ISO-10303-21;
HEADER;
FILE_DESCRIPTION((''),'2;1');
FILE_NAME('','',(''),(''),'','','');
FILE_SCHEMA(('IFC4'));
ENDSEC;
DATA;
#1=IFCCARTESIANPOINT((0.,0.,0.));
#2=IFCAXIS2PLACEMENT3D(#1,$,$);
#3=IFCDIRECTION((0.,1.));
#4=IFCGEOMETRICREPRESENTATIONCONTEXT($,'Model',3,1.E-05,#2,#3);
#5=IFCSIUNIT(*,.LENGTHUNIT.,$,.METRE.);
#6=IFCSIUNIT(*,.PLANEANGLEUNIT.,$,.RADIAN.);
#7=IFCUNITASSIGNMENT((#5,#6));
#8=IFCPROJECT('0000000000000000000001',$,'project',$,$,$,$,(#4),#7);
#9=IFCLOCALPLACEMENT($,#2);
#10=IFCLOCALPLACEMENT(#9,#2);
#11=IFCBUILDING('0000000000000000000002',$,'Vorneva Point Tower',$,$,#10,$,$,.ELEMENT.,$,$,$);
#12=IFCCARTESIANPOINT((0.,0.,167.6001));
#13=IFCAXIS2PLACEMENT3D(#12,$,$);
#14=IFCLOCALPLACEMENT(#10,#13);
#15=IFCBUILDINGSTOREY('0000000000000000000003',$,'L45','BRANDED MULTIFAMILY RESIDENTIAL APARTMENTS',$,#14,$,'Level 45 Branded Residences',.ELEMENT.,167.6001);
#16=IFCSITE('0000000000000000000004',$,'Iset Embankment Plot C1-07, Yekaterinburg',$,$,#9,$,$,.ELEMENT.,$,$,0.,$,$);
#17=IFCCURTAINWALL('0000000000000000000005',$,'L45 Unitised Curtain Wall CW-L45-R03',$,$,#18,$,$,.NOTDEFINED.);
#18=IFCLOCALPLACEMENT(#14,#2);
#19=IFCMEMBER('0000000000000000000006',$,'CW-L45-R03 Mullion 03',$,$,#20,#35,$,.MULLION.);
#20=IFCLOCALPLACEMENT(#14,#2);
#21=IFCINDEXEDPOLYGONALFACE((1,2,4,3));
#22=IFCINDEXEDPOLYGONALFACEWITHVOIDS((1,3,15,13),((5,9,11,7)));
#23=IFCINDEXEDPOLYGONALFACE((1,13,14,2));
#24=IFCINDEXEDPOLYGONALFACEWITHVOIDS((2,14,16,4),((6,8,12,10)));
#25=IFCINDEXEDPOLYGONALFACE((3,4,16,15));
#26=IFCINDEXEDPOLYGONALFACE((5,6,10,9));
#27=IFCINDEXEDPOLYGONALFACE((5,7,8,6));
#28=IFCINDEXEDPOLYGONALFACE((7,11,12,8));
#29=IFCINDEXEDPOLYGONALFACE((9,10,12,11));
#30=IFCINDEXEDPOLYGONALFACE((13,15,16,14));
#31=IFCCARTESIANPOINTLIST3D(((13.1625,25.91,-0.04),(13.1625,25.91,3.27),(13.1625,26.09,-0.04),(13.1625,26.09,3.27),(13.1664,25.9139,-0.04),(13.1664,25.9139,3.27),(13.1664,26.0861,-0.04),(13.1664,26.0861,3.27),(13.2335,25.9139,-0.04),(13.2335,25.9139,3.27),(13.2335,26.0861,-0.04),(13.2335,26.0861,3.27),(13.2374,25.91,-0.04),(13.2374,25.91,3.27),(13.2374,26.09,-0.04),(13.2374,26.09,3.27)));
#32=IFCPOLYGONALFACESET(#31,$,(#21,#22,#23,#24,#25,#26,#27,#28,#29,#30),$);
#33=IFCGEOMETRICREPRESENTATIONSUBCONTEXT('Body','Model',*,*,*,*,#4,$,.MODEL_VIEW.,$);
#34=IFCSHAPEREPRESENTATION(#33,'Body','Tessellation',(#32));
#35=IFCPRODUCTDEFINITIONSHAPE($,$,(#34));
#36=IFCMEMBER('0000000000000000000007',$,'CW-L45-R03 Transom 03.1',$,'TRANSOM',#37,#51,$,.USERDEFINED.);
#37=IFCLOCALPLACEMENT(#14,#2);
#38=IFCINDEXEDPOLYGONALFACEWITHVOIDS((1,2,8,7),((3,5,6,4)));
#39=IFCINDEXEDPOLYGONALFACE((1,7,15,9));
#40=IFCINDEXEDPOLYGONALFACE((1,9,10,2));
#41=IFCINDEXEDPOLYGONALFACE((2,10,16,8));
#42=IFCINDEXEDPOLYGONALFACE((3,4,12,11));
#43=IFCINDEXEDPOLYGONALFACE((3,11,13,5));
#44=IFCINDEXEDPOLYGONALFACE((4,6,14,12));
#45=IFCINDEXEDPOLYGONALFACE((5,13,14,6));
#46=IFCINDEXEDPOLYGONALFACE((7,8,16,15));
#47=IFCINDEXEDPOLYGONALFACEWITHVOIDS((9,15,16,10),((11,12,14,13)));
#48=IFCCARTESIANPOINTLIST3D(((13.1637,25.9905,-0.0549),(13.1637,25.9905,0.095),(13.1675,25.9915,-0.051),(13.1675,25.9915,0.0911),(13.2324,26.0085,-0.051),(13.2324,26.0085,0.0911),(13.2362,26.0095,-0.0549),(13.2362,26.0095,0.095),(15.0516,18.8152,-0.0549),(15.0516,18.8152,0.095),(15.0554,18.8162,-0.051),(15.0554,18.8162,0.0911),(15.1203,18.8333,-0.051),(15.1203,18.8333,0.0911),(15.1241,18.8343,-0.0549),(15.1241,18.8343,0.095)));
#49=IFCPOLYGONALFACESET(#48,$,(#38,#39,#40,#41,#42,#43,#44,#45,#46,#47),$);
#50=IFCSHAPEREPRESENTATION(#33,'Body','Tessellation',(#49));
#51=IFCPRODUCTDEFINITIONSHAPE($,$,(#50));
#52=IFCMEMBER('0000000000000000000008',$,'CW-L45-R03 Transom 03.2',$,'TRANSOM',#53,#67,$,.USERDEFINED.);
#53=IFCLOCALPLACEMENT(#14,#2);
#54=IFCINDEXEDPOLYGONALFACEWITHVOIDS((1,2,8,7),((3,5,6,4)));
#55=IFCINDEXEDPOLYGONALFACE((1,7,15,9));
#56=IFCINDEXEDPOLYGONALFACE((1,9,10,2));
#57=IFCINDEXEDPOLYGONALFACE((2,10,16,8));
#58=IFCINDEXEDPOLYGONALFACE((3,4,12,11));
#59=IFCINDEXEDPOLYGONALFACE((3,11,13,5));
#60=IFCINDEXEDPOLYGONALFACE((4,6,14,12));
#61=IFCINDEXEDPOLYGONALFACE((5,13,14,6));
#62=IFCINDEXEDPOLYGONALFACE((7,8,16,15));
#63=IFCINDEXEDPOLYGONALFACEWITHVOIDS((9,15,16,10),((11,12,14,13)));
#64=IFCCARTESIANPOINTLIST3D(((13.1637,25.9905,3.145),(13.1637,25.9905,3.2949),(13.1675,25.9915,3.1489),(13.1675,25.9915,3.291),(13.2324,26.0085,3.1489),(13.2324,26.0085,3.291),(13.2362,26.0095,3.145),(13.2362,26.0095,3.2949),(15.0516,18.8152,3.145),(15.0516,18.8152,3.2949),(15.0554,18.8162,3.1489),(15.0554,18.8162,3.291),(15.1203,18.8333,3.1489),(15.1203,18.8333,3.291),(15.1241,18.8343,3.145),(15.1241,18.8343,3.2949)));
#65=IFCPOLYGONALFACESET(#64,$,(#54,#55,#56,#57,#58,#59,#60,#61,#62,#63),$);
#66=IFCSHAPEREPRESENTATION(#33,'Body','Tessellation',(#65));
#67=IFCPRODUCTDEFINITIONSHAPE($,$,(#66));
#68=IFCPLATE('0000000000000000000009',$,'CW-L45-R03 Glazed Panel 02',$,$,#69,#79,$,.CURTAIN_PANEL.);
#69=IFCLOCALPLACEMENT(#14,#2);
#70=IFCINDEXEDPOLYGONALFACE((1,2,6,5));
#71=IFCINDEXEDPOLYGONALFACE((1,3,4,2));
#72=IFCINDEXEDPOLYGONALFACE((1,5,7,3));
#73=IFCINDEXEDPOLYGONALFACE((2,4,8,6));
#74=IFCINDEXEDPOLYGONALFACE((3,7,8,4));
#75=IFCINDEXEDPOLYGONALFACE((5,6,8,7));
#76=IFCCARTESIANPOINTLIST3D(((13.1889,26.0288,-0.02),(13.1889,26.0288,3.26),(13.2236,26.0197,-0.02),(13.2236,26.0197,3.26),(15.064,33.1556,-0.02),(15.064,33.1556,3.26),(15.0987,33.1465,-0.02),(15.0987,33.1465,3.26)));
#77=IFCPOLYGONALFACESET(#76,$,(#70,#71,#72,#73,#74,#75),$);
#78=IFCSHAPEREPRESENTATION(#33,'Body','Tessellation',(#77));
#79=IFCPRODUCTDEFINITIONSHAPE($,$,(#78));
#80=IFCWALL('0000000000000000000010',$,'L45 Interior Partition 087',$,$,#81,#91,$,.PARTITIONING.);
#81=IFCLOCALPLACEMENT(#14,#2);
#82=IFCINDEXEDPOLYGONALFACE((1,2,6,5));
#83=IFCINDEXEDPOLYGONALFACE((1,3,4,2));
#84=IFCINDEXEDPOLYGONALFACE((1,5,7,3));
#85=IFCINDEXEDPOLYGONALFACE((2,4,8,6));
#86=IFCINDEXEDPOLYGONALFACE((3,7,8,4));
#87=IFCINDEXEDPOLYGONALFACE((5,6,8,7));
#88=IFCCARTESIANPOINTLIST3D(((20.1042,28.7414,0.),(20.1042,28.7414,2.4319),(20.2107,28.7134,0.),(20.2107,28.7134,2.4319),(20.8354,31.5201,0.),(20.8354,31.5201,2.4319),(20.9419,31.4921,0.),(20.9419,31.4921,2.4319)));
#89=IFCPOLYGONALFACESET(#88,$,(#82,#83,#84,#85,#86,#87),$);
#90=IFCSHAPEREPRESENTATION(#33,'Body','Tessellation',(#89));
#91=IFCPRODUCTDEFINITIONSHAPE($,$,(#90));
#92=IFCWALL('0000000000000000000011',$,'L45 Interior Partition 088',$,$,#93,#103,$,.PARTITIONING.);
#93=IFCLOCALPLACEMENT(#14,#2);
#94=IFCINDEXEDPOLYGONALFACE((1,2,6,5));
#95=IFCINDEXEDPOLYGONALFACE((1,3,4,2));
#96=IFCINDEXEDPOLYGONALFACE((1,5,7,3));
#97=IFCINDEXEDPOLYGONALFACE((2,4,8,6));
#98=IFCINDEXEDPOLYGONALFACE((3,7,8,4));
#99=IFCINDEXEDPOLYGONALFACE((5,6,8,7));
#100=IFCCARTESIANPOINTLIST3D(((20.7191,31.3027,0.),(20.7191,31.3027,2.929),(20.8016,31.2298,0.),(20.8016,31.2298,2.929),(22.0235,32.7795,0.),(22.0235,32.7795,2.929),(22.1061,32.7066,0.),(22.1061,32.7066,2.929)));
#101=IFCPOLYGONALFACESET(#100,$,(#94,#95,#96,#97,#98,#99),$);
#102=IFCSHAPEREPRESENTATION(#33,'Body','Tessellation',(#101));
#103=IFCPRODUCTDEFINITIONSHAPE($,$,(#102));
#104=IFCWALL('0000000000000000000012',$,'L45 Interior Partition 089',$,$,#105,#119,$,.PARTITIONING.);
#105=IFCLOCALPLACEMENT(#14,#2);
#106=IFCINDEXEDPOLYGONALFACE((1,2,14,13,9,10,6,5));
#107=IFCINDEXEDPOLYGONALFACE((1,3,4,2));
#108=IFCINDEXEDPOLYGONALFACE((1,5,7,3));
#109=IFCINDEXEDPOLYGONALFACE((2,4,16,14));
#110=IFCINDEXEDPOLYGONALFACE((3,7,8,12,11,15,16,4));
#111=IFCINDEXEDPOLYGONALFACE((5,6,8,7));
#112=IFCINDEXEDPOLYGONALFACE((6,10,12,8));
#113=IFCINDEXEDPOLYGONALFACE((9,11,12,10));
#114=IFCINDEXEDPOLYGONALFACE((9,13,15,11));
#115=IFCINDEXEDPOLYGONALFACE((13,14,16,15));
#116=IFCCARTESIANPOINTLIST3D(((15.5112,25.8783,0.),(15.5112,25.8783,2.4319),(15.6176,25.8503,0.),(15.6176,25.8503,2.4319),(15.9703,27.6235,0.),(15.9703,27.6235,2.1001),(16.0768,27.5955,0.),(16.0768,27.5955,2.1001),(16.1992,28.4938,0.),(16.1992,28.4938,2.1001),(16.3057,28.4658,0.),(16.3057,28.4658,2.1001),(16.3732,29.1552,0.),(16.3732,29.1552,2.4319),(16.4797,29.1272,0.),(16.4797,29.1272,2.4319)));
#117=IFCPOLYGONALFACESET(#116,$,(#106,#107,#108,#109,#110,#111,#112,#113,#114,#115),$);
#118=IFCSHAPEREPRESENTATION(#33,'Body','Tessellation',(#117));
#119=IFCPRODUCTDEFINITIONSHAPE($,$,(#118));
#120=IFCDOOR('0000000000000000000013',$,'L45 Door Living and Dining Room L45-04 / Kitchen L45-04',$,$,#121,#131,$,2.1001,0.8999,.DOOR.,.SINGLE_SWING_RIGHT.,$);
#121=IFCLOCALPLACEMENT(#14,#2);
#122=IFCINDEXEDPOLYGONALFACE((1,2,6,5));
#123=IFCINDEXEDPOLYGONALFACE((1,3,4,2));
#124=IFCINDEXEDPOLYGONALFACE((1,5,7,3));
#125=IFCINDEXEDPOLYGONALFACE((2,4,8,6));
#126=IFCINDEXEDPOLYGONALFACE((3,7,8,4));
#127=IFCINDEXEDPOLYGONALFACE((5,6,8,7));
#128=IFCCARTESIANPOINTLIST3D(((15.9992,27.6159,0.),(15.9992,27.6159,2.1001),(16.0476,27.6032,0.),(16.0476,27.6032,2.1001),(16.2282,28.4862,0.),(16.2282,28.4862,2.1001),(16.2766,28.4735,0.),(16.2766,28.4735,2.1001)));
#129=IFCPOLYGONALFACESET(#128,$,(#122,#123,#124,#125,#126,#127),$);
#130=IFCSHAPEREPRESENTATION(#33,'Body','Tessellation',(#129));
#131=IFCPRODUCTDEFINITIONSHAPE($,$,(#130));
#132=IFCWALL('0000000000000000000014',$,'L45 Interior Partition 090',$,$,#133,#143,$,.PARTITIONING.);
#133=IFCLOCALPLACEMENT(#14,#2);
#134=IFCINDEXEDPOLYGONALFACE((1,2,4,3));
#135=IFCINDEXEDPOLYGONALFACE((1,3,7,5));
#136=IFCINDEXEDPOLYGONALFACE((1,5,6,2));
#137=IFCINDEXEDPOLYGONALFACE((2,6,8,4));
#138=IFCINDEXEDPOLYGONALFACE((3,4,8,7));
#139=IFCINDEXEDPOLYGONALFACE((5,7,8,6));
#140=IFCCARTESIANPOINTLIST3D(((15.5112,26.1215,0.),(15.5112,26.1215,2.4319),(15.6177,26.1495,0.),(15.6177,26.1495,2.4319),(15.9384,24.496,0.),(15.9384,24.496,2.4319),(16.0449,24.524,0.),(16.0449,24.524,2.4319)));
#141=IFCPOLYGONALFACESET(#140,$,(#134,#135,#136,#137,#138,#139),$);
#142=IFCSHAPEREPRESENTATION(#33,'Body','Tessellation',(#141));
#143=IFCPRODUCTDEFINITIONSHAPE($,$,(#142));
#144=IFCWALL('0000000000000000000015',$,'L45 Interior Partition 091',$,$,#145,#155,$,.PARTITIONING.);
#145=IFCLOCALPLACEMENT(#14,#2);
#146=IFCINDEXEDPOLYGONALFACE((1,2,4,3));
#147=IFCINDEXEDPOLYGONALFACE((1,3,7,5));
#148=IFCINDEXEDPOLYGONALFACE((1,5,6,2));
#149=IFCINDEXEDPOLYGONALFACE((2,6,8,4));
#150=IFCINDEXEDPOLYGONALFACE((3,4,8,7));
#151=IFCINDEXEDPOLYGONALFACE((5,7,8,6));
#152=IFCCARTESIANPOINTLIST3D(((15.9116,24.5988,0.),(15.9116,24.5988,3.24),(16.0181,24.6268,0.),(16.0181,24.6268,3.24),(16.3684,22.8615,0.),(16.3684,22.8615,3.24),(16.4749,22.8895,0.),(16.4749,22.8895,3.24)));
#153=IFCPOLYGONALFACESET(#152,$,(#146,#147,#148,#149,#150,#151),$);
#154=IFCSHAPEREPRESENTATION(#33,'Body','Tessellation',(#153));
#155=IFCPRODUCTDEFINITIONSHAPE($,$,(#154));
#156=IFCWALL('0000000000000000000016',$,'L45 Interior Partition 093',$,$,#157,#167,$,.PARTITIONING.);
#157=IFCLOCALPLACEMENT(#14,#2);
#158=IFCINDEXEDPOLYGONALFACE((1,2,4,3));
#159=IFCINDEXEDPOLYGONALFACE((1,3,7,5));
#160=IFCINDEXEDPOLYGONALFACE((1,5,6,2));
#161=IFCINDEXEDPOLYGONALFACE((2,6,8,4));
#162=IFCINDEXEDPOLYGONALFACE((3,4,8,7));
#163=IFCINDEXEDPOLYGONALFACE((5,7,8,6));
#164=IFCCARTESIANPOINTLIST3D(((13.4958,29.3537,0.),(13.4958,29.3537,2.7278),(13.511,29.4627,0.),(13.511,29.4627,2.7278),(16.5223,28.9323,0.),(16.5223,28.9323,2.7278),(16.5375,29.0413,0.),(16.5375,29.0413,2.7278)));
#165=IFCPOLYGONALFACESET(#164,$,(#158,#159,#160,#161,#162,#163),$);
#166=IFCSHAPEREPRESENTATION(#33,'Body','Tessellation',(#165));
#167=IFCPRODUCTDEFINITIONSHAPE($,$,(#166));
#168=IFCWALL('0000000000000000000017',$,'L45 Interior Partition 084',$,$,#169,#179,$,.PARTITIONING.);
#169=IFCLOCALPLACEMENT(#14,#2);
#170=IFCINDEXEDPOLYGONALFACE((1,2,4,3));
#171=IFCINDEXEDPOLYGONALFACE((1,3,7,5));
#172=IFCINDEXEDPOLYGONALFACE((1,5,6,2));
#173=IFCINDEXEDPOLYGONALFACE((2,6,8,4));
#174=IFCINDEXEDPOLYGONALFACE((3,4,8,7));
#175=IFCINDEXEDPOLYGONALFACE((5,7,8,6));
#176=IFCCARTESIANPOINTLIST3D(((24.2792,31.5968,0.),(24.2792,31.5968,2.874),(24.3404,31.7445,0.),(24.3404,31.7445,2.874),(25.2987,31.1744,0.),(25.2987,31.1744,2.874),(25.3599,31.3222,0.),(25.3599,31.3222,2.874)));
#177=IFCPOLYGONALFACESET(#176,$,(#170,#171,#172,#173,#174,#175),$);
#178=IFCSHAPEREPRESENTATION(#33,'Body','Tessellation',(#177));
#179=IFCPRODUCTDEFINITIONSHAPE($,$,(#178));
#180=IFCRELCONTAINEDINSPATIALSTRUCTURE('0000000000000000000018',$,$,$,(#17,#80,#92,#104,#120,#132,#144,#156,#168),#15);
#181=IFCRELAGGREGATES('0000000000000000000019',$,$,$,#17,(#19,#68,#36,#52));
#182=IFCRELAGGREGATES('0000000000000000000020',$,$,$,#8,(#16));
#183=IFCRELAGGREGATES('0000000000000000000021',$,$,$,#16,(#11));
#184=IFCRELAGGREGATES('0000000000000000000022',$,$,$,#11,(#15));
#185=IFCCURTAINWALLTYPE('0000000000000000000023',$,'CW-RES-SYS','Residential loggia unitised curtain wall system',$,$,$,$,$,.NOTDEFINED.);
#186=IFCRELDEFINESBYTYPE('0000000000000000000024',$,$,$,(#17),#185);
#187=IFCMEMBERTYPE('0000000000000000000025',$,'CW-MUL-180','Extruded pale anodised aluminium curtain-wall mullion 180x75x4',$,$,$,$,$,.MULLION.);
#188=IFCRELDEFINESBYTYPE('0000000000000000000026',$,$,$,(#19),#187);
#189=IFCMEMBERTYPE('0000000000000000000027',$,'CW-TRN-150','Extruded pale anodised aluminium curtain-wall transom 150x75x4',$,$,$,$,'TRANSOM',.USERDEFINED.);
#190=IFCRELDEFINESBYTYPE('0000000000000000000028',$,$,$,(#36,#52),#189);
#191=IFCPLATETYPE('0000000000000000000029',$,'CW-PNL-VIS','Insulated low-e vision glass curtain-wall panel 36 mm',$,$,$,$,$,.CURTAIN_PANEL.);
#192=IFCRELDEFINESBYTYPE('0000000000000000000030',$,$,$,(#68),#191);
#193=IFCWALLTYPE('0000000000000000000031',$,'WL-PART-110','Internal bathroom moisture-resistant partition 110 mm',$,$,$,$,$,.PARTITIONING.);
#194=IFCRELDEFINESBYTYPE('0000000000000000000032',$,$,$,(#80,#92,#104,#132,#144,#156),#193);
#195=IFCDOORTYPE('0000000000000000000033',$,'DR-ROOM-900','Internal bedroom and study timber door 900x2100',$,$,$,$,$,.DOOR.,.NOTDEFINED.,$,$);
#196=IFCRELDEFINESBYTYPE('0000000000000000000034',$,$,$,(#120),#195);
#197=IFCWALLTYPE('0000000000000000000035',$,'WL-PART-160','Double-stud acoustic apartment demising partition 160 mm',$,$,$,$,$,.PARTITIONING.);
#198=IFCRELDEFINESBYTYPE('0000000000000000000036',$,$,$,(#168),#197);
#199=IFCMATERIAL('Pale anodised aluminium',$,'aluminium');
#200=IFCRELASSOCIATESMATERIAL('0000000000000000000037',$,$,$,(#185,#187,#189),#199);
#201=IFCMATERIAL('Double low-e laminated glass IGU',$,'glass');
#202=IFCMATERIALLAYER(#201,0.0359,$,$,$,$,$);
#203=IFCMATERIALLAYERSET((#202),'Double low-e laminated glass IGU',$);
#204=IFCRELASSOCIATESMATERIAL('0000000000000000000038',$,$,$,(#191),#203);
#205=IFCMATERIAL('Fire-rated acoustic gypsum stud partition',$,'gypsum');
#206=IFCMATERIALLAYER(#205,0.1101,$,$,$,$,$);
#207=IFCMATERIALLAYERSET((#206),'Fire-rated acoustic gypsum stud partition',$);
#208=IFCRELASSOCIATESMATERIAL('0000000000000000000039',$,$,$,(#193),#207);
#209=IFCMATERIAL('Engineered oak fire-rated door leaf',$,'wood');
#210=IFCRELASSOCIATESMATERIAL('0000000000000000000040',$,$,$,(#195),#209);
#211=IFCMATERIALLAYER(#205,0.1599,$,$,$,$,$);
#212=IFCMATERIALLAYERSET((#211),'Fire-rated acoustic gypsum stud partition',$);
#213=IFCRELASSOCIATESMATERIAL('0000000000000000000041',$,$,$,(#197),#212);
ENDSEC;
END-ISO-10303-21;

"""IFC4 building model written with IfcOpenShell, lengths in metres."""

from ifc_helpers import new_model, si_unit, direction, frame, frame_2d, origin, origin_2d, place, context, subcontext, project, spatial, rectangle, hollow_rectangle, extrude, material, layer, layer_set, material_profile, profile_set, type_object, element, fill, aggregate, save


model = new_model("IFC4")

# Units and contexts
model_context = context("Model", 3, precision=1e-05, world=origin(), true_north=direction((0.0, 1.0)))
body_context = subcontext(model_context, "Body", "Model", "MODEL_VIEW")
ifc_project = project(units=[si_unit("LENGTHUNIT", "METRE"), si_unit("PLANEANGLEUNIT", "RADIAN")], contexts=[model_context])

# Site, building, storey
site_placement = place(None, origin())
site = spatial("IfcSite", under=ifc_project, at=site_placement, Name="Iset Embankment Plot C1-07, Yekaterinburg", CompositionType="ELEMENT", RefElevation=0.0)
building_placement = place(site_placement, origin())
building = spatial("IfcBuilding", under=site, at=building_placement, Name="Vorneva Point Tower", CompositionType="ELEMENT")
storey_placement = place(building_placement, frame((0.0, 0.0, 167.6001)))
storey = spatial("IfcBuildingStorey", under=building, at=storey_placement, Name="L45", Description="BRANDED MULTIFAMILY RESIDENTIAL APARTMENTS", LongName="Level 45 Branded Residences", CompositionType="ELEMENT", Elevation=167.6001)

# Curtain wall, members, plate
ifc_material_1 = material(Name="Pale anodised aluminium", Category="aluminium")
curtain_wall_type = type_object("IfcCurtainWallType", Name="CW-RES-SYS", Description="Residential loggia unitised curtain wall system", PredefinedType="NOTDEFINED", material=ifc_material_1)
curtain_wall_placement = place(storey_placement, origin())
curtain_wall = element("IfcCurtainWall", 1, at=curtain_wall_placement, inside=storey, type_object=curtain_wall_type, Name="L45 Unitised Curtain Wall CW-L45-R03", PredefinedType="NOTDEFINED")
ifc_material_profile_1 = material_profile(ifc_material_1, hollow_rectangle(XDim=0.075, YDim=0.1799, WallThickness=0.0039, at=origin_2d()), Name="AL-MUL 180x75x4")
ifc_profile_set_1 = profile_set([ifc_material_profile_1], Name="Pale anodised aluminium")
member_type_1 = type_object("IfcMemberType", Name="CW-MUL-180", Description="Extruded pale anodised aluminium curtain-wall mullion 180x75x4", PredefinedType="MULLION", material=ifc_profile_set_1)
member_1_placement = place(storey_placement, frame((13.2, 26.0, -0.04), z_axis=(0.0, 0.0, 1.0), x_axis=(1.0, 0.0, 0.0)))
member_1 = element("IfcMember", 2, at=member_1_placement, type_object=member_type_1, Name="CW-L45-R03 Mullion 03", PredefinedType="MULLION", context=body_context, shape_type="SweptSolid", body=[
    extrude(hollow_rectangle(XDim=0.075, YDim=0.1799, WallThickness=0.0039, at=origin_2d()), origin(), (0.0, 0.0, 1.0), 3.3101),
])
ifc_material_profile_2 = material_profile(ifc_material_1, hollow_rectangle(XDim=0.075, YDim=0.1499, WallThickness=0.0039, at=origin_2d()), Name="AL-TRN 150x75x4")
ifc_profile_set_2 = profile_set([ifc_material_profile_2], Name="Pale anodised aluminium")
member_type_2 = type_object("IfcMemberType", Name="CW-TRN-150", Description="Extruded pale anodised aluminium curtain-wall transom 150x75x4", ElementType="TRANSOM", PredefinedType="USERDEFINED", material=ifc_profile_set_2)
member_2_placement = place(storey_placement, frame((13.2, 26.0, 0.02), z_axis=(0.254456, -0.967084, 0.0), x_axis=(0.967084, 0.254456, 0.0)))
member_2 = element("IfcMember", 3, at=member_2_placement, type_object=member_type_2, Name="CW-L45-R03 Transom 03.1", ObjectType="TRANSOM", PredefinedType="USERDEFINED", context=body_context, shape_type="SweptSolid", body=[
    extrude(hollow_rectangle(XDim=0.075, YDim=0.1499, WallThickness=0.0039, at=origin_2d()), origin(), (0.0, 0.0, 1.0), 7.4194),
])
member_3_placement = place(storey_placement, frame((13.2, 26.0, 3.22), z_axis=(0.254456, -0.967084, 0.0), x_axis=(0.967084, 0.254456, 0.0)))
member_3 = element("IfcMember", 4, at=member_3_placement, type_object=member_type_2, Name="CW-L45-R03 Transom 03.2", ObjectType="TRANSOM", PredefinedType="USERDEFINED", context=body_context, shape_type="SweptSolid", body=[
    extrude(hollow_rectangle(XDim=0.075, YDim=0.1499, WallThickness=0.0039, at=origin_2d()), origin(), (0.0, 0.0, 1.0), 7.4194),
])
ifc_material_2 = material(Name="Double low-e laminated glass IGU", Category="glass")
ifc_layer_1 = layer(ifc_material_2, 0.0359)
ifc_layer_set_1 = layer_set([ifc_layer_1], Name="Double low-e laminated glass IGU")
plate_type = type_object("IfcPlateType", Name="CW-PNL-VIS", Description="Insulated low-e vision glass curtain-wall panel 36 mm", PredefinedType="CURTAIN_PANEL", material=ifc_layer_set_1)
plate_placement = place(storey_placement, frame((14.1438, 29.5876, -0.02), z_axis=(0.0, 0.0, 1.0), x_axis=(-0.254433, -0.96709, 0.0)))
plate = element("IfcPlate", 5, at=plate_placement, type_object=plate_type, Name="CW-L45-R03 Glazed Panel 02", PredefinedType="CURTAIN_PANEL", context=body_context, shape_type="SweptSolid", body=[
    extrude(rectangle(XDim=7.3694, YDim=0.0359, at=origin_2d()), origin(), (0.0, 0.0, 1.0), 3.28),
])
aggregate(curtain_wall, [member_1, plate, member_2, member_3])

# Walls
ifc_material_3 = material(Name="Fire-rated acoustic gypsum stud partition", Category="gypsum")
ifc_layer_2 = layer(ifc_material_3, 0.1101)
ifc_layer_set_2 = layer_set([ifc_layer_2], Name="Fire-rated acoustic gypsum stud partition")
wall_type_1 = type_object("IfcWallType", Name="WL-PART-110", Description="Internal bathroom moisture-resistant partition 110 mm", PredefinedType="PARTITIONING", material=ifc_layer_set_2)
wall_1_placement = place(storey_placement, frame((20.1575, 28.7275, 0.0), z_axis=(0.0, 0.0, 1.0), x_axis=(0.254472, 0.96708, 0.0)))
element("IfcWall", 6, at=wall_1_placement, inside=storey, type_object=wall_type_1, Name="L45 Interior Partition 087", PredefinedType="PARTITIONING", context=body_context, shape_type="SweptSolid", body=[
    extrude(rectangle(XDim=2.8733, YDim=0.1101, at=frame_2d((1.4365, 0.0))), origin(), (0.0, 0.0, 1.0), 2.4319),
])
wall_2_placement = place(storey_placement, frame((20.7603, 31.2661, 0.0), z_axis=(0.0, 0.0, 1.0), x_axis=(0.662015, 0.749491, 0.0)))
element("IfcWall", 7, at=wall_2_placement, inside=storey, type_object=wall_type_1, Name="L45 Interior Partition 088", PredefinedType="PARTITIONING", context=body_context, shape_type="SweptSolid", body=[
    extrude(rectangle(XDim=1.9705, YDim=0.1101, at=frame_2d((0.9854, 0.0))), origin(), (0.0, 0.0, 1.0), 2.929),
])

# Wall, opening, door
wall_3_placement = place(storey_placement, frame((16.4265, 29.1414, 0.0), z_axis=(0.0, 0.0, 1.0), x_axis=(-0.254419, -0.967094, 0.0)))
wall_3 = element("IfcWall", 8, at=wall_3_placement, inside=storey, type_object=wall_type_1, Name="L45 Interior Partition 089", PredefinedType="PARTITIONING", context=body_context, shape_type="SweptSolid", body=[
    extrude(rectangle(XDim=3.3884, YDim=0.1101, at=frame_2d((1.6943, 0.0))), origin(), (0.0, 0.0, 1.0), 2.4319),
])
opening_placement = place(wall_3_placement, frame((0.6841, 0.0, 0.0)))
opening = element("IfcOpeningElement", 9, at=opening_placement, cuts=wall_3, PredefinedType="OPENING", context=body_context, shape_type="SweptSolid", body=[
    extrude(rectangle(XDim=0.8999, YDim=2.1001, at=frame_2d((0.45, 1.05))), frame((0.0, 0.0698, 0.0), z_axis=(0.0, -1.0, 0.0), x_axis=(1.0, 0.0, 0.0)), (0.0, 0.0, 1.0), 0.1399),
])
ifc_material_4 = material(Name="Engineered oak fire-rated door leaf", Category="wood")
door_type = type_object("IfcDoorType", Name="DR-ROOM-900", Description="Internal bedroom and study timber door 900x2100", OperationType="NOTDEFINED", PredefinedType="DOOR", material=ifc_material_4)
door_placement = place(opening_placement, origin())
door = element("IfcDoor", 10, at=door_placement, inside=storey, type_object=door_type, Name="L45 Door Living and Dining Room L45-04 / Kitchen L45-04", OperationType="SINGLE_SWING_RIGHT", OverallHeight=2.1001, OverallWidth=0.8999, PredefinedType="DOOR", context=body_context, shape_type="SweptSolid", body=[
    extrude(rectangle(XDim=0.8999, YDim=2.1001, at=frame_2d((0.45, 1.05))), frame((0.0, 0.0249, 0.0), z_axis=(0.0, -1.0, 0.0), x_axis=(1.0, 0.0, 0.0)), (0.0, 0.0, 1.0), 0.05),
])
fill(opening, door)

# Walls
wall_4_placement = place(storey_placement, frame((15.5645, 26.1355, 0.0), z_axis=(0.0, 0.0, 1.0), x_axis=(0.254207, -0.96715, 0.0)))
element("IfcWall", 11, at=wall_4_placement, inside=storey, type_object=wall_type_1, Name="L45 Interior Partition 090", PredefinedType="PARTITIONING", context=body_context, shape_type="SweptSolid", body=[
    extrude(rectangle(XDim=1.6807, YDim=0.1101, at=frame_2d((0.8403, 0.0))), origin(), (0.0, 0.0, 1.0), 2.4319),
])
wall_5_placement = place(storey_placement, frame((15.9648, 24.6128, 0.0), z_axis=(0.0, 0.0, 1.0), x_axis=(0.254286, -0.967129, 0.0)))
element("IfcWall", 12, at=wall_5_placement, inside=storey, type_object=wall_type_1, Name="L45 Interior Partition 091", PredefinedType="PARTITIONING", context=body_context, shape_type="SweptSolid", body=[
    extrude(rectangle(XDim=1.7964, YDim=0.1101, at=frame_2d((0.8982, 0.0))), origin(), (0.0, 0.0, 1.0), 3.24),
])
wall_6_placement = place(storey_placement, frame((13.5034, 29.4082, 0.0), z_axis=(0.0, 0.0, 1.0), x_axis=(0.990445, -0.137908, 0.0)))
element("IfcWall", 13, at=wall_6_placement, inside=storey, type_object=wall_type_1, Name="L45 Interior Partition 093", PredefinedType="PARTITIONING", context=body_context, shape_type="SweptSolid", body=[
    extrude(rectangle(XDim=3.0557, YDim=0.1101, at=frame_2d((1.5278, 0.0))), origin(), (0.0, 0.0, 1.0), 2.7278),
])
ifc_layer_3 = layer(ifc_material_3, 0.1599)
ifc_layer_set_3 = layer_set([ifc_layer_3], Name="Fire-rated acoustic gypsum stud partition")
wall_type_2 = type_object("IfcWallType", Name="WL-PART-160", Description="Double-stud acoustic apartment demising partition 160 mm", PredefinedType="PARTITIONING", material=ifc_layer_set_3)
wall_7_placement = place(storey_placement, frame((24.3098, 31.6707, 0.0), z_axis=(0.0, 0.0, 1.0), x_axis=(0.92386, -0.38273, 0.0)))
element("IfcWall", 14, at=wall_7_placement, inside=storey, type_object=wall_type_2, Name="L45 Interior Partition 084", PredefinedType="PARTITIONING", context=body_context, shape_type="SweptSolid", body=[
    extrude(rectangle(XDim=1.1035, YDim=0.1599, at=frame_2d((0.5518, 0.0))), origin(), (0.0, 0.0, 1.0), 2.874),
])

save(model, "model.ifc")
